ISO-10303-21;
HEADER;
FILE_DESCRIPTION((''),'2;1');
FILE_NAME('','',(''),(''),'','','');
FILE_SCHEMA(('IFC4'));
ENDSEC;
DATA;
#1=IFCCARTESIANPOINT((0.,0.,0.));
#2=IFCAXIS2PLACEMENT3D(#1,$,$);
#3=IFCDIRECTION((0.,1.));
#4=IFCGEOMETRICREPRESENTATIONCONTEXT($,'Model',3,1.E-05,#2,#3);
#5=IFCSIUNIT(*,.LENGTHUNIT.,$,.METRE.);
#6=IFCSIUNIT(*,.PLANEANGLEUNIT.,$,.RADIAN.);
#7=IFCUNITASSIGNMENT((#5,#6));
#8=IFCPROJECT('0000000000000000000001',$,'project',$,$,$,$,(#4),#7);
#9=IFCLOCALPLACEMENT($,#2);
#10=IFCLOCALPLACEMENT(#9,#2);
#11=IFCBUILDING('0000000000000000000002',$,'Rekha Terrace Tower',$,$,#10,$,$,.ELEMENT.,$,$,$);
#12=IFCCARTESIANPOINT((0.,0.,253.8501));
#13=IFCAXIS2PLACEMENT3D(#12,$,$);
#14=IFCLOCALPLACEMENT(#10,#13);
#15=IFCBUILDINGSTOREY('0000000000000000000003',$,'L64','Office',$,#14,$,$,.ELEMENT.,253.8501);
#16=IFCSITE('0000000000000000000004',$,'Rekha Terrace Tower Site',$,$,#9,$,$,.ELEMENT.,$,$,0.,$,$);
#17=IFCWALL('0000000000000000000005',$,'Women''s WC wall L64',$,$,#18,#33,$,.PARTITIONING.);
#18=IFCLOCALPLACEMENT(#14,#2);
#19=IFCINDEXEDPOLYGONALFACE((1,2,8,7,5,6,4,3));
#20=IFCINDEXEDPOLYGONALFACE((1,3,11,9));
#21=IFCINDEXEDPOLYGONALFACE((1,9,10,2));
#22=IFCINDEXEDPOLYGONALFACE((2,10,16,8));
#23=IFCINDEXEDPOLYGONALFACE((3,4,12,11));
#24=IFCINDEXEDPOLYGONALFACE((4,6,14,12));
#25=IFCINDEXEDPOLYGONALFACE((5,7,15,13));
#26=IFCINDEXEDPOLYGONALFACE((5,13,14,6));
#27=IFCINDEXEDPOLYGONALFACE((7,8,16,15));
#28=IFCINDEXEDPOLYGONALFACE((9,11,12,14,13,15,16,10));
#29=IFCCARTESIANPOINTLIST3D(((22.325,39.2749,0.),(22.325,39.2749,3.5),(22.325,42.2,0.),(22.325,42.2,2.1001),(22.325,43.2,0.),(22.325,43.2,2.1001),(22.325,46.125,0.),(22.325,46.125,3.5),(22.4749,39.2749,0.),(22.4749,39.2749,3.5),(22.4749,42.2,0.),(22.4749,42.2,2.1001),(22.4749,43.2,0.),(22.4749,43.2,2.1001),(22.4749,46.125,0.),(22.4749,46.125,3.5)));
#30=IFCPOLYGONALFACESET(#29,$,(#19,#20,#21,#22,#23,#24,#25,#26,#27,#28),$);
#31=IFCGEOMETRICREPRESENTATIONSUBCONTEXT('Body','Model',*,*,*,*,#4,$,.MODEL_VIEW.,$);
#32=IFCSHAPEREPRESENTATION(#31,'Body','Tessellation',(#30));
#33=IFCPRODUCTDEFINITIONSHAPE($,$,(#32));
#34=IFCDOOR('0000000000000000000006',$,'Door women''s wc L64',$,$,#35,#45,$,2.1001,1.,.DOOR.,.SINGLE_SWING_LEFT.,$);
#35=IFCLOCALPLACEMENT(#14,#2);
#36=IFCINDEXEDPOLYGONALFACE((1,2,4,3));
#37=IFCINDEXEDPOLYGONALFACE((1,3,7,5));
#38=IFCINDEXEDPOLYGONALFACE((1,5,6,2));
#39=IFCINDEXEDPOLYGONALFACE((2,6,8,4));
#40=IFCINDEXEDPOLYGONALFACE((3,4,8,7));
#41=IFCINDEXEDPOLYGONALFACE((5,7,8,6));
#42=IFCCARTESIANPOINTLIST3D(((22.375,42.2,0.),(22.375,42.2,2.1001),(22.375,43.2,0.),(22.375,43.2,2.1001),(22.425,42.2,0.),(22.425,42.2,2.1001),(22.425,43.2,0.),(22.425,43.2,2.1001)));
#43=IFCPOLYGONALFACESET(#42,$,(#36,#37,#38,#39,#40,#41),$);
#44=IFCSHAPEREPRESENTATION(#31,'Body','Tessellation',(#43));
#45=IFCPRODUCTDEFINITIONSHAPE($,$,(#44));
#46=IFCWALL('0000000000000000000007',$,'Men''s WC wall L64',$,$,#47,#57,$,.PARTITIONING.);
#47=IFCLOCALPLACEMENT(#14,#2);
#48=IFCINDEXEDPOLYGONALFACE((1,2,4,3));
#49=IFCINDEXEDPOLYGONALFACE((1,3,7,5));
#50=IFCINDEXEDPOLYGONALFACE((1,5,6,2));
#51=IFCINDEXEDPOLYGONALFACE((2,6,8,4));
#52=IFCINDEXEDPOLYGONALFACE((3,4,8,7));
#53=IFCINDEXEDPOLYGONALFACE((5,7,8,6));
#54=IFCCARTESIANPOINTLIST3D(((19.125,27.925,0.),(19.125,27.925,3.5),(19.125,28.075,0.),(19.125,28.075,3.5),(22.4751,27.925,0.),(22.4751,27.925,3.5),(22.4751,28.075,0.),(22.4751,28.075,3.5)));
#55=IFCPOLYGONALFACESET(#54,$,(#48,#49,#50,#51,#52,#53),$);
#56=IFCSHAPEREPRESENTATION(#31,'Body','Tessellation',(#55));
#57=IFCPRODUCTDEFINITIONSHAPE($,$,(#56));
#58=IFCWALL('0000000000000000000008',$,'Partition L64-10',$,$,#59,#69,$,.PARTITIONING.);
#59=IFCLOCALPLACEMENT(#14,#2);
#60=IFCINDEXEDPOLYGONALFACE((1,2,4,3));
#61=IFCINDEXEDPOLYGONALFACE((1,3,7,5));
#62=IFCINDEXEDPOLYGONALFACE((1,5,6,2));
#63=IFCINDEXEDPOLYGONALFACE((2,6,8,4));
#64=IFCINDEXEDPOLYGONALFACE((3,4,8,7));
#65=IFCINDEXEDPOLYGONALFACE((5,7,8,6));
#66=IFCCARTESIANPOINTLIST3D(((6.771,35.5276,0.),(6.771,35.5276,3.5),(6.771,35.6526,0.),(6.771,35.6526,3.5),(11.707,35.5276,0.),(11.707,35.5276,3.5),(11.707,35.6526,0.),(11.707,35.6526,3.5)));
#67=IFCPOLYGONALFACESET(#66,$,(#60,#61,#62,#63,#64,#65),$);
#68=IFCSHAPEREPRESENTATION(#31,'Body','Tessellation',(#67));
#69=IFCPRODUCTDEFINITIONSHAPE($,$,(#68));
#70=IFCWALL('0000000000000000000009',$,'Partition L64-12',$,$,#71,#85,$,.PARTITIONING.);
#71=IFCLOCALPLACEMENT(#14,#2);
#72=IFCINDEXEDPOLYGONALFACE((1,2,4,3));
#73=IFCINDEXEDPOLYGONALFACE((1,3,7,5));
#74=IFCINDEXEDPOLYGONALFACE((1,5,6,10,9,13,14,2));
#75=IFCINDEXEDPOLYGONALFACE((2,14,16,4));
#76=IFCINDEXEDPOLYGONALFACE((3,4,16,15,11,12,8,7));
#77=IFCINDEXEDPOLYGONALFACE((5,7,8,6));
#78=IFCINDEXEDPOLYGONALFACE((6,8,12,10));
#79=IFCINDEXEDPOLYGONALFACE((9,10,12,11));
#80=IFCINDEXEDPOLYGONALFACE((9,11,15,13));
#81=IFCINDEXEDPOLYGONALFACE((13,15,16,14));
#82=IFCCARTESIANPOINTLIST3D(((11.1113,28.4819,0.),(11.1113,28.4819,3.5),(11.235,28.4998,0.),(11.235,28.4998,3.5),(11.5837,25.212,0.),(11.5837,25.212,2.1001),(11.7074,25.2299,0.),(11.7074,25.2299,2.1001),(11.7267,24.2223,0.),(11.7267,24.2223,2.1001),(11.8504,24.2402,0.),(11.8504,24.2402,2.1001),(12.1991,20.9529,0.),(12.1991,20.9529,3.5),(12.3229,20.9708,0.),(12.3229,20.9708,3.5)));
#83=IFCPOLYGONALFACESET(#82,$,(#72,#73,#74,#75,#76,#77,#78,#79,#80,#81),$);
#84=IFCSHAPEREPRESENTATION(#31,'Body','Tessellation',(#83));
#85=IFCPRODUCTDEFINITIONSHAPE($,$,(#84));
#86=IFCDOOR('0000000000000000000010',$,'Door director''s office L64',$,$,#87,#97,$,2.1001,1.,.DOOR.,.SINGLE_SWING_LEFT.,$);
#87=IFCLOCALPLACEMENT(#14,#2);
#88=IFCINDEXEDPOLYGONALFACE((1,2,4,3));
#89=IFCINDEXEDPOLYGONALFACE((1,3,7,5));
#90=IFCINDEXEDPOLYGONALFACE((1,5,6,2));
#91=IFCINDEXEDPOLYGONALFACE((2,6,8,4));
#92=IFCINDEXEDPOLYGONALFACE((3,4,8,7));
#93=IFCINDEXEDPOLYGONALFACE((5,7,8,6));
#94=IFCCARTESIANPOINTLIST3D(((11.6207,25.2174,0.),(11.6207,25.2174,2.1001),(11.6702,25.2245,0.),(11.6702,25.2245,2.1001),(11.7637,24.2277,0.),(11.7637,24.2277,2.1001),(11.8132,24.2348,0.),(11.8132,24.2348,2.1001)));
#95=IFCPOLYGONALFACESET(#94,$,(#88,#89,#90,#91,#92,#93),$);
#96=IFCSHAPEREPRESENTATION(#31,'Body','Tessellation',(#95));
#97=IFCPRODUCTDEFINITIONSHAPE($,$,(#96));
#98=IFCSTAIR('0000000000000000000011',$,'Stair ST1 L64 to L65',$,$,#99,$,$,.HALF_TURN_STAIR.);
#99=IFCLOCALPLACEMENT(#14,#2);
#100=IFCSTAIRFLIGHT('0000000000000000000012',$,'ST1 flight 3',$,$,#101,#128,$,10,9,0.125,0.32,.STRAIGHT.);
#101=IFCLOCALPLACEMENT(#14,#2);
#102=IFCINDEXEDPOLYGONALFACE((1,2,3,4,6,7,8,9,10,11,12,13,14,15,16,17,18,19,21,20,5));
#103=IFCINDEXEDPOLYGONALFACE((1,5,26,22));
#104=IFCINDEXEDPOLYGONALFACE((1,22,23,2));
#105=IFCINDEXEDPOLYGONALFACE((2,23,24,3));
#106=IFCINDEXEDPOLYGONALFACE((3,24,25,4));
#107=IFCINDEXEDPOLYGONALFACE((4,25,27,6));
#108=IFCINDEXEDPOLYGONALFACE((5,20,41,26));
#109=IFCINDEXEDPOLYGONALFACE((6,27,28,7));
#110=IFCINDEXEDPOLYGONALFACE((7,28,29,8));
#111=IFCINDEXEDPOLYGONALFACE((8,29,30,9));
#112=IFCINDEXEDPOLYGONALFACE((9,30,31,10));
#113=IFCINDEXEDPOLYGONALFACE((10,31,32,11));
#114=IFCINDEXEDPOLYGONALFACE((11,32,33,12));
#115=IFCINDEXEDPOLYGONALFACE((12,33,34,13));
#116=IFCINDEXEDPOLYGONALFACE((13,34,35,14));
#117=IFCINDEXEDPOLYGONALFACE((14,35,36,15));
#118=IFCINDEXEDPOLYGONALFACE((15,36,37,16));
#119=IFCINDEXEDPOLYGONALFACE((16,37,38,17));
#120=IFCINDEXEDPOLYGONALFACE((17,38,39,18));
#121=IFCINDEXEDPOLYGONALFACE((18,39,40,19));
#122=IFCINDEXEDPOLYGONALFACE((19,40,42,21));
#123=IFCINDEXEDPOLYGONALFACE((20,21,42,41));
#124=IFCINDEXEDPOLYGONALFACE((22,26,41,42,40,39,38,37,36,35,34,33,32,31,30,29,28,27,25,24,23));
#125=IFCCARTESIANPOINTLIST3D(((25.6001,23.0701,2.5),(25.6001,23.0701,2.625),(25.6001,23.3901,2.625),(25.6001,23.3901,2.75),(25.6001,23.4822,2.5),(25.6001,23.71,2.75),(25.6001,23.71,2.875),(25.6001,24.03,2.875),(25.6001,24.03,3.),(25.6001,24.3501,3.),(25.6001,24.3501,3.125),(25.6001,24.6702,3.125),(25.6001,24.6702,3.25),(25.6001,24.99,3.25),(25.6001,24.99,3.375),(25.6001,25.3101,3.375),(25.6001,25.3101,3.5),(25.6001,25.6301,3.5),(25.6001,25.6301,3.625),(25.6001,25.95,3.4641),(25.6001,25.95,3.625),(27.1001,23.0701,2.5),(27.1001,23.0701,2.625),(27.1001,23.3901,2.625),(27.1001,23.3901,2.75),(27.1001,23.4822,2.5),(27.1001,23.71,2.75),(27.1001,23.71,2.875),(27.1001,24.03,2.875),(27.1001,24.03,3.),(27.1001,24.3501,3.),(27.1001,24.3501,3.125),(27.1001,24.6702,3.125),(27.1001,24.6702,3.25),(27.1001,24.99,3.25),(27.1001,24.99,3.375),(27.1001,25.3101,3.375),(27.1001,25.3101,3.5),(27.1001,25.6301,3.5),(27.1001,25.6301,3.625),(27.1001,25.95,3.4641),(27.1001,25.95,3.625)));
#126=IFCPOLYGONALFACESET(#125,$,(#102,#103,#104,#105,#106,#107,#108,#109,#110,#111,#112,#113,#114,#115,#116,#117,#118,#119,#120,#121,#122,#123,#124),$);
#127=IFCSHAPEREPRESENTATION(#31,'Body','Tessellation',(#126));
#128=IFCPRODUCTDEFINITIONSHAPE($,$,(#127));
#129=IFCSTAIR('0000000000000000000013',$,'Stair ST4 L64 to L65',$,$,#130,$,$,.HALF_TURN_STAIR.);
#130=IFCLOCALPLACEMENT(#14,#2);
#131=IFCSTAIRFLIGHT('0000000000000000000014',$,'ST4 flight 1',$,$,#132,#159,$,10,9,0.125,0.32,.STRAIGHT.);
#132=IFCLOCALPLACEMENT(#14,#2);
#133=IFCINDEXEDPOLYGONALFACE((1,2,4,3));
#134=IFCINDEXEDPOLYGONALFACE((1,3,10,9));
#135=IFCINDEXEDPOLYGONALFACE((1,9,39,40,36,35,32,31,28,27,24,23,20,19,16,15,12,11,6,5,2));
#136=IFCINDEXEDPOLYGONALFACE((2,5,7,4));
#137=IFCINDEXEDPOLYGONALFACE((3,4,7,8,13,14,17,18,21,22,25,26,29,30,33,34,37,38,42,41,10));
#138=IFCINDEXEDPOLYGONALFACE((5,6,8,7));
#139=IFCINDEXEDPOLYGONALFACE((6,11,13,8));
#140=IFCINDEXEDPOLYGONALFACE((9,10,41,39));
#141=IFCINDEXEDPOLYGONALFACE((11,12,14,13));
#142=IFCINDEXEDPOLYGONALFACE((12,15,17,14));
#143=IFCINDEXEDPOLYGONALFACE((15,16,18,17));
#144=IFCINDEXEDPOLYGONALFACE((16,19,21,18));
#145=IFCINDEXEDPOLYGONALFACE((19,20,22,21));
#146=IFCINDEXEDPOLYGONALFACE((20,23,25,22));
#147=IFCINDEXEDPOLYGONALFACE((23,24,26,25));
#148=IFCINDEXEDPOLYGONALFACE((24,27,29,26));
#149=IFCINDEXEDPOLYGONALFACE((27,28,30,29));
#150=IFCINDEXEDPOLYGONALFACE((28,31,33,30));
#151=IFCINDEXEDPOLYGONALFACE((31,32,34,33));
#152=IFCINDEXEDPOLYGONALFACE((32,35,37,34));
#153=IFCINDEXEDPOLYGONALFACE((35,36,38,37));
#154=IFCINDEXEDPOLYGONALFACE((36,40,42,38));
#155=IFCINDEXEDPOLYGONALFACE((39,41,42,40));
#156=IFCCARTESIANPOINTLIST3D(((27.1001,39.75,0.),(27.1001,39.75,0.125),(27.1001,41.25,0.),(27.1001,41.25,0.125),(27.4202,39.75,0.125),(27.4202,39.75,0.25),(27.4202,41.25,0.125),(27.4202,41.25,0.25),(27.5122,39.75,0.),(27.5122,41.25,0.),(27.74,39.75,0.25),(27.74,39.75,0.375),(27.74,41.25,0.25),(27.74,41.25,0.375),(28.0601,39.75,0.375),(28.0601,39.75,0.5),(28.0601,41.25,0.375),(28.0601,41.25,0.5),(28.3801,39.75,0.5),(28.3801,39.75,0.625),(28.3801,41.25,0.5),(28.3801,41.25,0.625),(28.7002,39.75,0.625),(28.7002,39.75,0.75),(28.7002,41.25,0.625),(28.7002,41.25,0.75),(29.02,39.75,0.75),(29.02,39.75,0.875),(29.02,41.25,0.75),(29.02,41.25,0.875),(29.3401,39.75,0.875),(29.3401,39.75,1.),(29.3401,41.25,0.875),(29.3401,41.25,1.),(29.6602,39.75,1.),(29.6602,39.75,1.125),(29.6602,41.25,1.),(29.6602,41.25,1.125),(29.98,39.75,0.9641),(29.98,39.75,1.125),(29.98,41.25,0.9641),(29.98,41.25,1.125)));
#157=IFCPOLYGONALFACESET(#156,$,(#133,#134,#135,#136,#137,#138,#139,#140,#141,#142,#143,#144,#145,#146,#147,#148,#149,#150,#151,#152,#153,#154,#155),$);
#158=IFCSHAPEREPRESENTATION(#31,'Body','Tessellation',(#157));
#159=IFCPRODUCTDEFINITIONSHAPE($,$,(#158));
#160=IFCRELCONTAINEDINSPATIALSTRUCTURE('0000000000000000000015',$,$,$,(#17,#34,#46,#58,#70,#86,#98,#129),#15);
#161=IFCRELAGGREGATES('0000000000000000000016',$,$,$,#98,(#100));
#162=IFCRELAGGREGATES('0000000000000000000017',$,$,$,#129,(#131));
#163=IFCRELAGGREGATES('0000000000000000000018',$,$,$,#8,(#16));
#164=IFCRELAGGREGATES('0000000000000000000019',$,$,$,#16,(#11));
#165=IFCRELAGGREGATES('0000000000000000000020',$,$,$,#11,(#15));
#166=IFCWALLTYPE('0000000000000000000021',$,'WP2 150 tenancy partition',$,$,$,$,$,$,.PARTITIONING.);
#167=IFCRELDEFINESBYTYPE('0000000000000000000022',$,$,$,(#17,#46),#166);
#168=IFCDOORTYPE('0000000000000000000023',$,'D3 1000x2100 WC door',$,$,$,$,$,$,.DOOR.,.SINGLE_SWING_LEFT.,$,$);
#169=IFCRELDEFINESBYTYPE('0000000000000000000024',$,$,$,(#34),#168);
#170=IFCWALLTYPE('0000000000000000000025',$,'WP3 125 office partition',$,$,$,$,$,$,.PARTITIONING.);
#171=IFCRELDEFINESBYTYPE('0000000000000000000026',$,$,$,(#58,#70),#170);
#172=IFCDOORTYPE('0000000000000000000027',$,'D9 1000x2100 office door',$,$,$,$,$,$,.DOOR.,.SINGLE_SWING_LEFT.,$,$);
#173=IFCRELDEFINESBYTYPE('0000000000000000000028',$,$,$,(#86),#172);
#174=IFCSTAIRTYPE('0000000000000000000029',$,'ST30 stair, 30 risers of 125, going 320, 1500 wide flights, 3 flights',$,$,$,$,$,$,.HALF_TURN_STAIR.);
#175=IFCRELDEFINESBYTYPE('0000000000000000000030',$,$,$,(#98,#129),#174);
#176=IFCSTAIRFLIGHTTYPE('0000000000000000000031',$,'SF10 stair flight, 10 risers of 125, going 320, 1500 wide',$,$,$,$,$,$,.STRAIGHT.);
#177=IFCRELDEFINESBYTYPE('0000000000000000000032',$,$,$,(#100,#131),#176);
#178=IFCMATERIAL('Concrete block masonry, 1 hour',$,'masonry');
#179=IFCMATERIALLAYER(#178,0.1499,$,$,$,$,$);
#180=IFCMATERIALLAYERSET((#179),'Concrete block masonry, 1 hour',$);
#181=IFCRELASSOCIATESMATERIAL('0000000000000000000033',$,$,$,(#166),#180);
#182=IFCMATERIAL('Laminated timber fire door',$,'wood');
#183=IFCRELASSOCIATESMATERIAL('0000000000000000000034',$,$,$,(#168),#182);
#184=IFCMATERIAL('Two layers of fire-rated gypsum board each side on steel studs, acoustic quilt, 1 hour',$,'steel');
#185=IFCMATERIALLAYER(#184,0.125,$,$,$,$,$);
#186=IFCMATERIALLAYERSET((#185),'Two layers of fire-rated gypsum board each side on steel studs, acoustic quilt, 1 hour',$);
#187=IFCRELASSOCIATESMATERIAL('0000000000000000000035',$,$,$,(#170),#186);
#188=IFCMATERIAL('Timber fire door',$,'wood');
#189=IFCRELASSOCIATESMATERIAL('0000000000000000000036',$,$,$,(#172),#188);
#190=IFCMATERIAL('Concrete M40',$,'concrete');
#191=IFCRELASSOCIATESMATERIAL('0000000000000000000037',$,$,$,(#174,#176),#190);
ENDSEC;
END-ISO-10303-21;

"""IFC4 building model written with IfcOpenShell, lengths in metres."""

from ifc_helpers import new_model, si_unit, direction, frame, frame_2d, origin, place, context, subcontext, project, spatial, polyline, rectangle, outline, extrude, material, layer, layer_set, type_object, element, fill, aggregate, save


model = new_model("IFC4")

# Units and contexts
model_context = context("Model", 3, precision=1e-05, world=origin(), true_north=direction((0.0, 1.0)))
body_context = subcontext(model_context, "Body", "Model", "MODEL_VIEW")
ifc_project = project(units=[si_unit("LENGTHUNIT", "METRE"), si_unit("PLANEANGLEUNIT", "RADIAN")], contexts=[model_context])

# Site, building, storey
site_placement = place(None, origin())
site = spatial("IfcSite", under=ifc_project, at=site_placement, Name="Rekha Terrace Tower Site", CompositionType="ELEMENT", RefElevation=0.0)
building_placement = place(site_placement, origin())
building = spatial("IfcBuilding", under=site, at=building_placement, Name="Rekha Terrace Tower", CompositionType="ELEMENT")
storey_placement = place(building_placement, frame((0.0, 0.0, 253.8501)))
storey = spatial("IfcBuildingStorey", under=building, at=storey_placement, Name="L64", Description="Office", CompositionType="ELEMENT", Elevation=253.8501)

# Shared definitions
ifc_material_1 = material(Name="Concrete block masonry, 1 hour", Category="masonry")
ifc_layer_1 = layer(ifc_material_1, 0.1499)
ifc_layer_set_1 = layer_set([ifc_layer_1], Name="Concrete block masonry, 1 hour")
wall_type_1 = type_object("IfcWallType", Name="WP2 150 tenancy partition", PredefinedType="PARTITIONING", material=ifc_layer_set_1)

# Wall, opening, door
wall_1_placement = place(storey_placement, frame((22.3999, 39.2749, 0.0), z_axis=(0.0, 0.0, 1.0), x_axis=(0.0, 1.0, 0.0)))
wall_1 = element("IfcWall", 1, at=wall_1_placement, inside=storey, type_object=wall_type_1, Name="Women's WC wall L64", PredefinedType="PARTITIONING", context=body_context, shape_type="SweptSolid", body=[
    extrude(rectangle(XDim=6.8501, YDim=0.1499, at=frame_2d((3.425, 0.0))), origin(), (0.0, 0.0, 1.0), 3.5),
])
opening_1_placement = place(wall_1_placement, frame((2.925, 0.0, 0.0)))
opening_1 = element("IfcOpeningElement", 2, at=opening_1_placement, cuts=wall_1, PredefinedType="OPENING", context=body_context, shape_type="SweptSolid", body=[
    extrude(rectangle(XDim=1.0, YDim=2.1001, at=frame_2d((0.5, 1.05))), frame((0.0, 0.085, 0.0), z_axis=(0.0, -1.0, 0.0), x_axis=(1.0, 0.0, 0.0)), (0.0, 0.0, 1.0), 0.1699),
])
ifc_material_2 = material(Name="Laminated timber fire door", Category="wood")
door_type_1 = type_object("IfcDoorType", Name="D3 1000x2100 WC door", OperationType="SINGLE_SWING_LEFT", PredefinedType="DOOR", material=ifc_material_2)
door_1_placement = place(opening_1_placement, origin())
door_1 = element("IfcDoor", 3, at=door_1_placement, inside=storey, type_object=door_type_1, Name="Door women's wc L64", OperationType="SINGLE_SWING_LEFT", OverallHeight=2.1001, OverallWidth=1.0, PredefinedType="DOOR", context=body_context, shape_type="SweptSolid", body=[
    extrude(rectangle(XDim=1.0, YDim=2.1001, at=frame_2d((0.5, 1.05))), frame((0.0, 0.0249, 0.0), z_axis=(0.0, -1.0, 0.0), x_axis=(1.0, 0.0, 0.0)), (0.0, 0.0, 1.0), 0.05),
])
fill(opening_1, door_1)

# Walls
wall_2_placement = place(storey_placement, frame((19.125, 28.0, 0.0), z_axis=(0.0, 0.0, 1.0), x_axis=(1.0, 0.0, 0.0)))
element("IfcWall", 4, at=wall_2_placement, inside=storey, type_object=wall_type_1, Name="Men's WC wall L64", PredefinedType="PARTITIONING", context=body_context, shape_type="SweptSolid", body=[
    extrude(rectangle(XDim=3.3501, YDim=0.1499, at=frame_2d((1.675, 0.0))), origin(), (0.0, 0.0, 1.0), 3.5),
])
ifc_material_3 = material(Name="Two layers of fire-rated gypsum board each side on steel studs, acoustic quilt, 1 hour", Category="steel")
ifc_layer_2 = layer(ifc_material_3, 0.125)
ifc_layer_set_2 = layer_set([ifc_layer_2], Name="Two layers of fire-rated gypsum board each side on steel studs, acoustic quilt, 1 hour")
wall_type_2 = type_object("IfcWallType", Name="WP3 125 office partition", PredefinedType="PARTITIONING", material=ifc_layer_set_2)
wall_3_placement = place(storey_placement, frame((11.707, 35.5901, 0.0), z_axis=(0.0, 0.0, 1.0), x_axis=(-1.0, 0.0, 0.0)))
element("IfcWall", 5, at=wall_3_placement, inside=storey, type_object=wall_type_2, Name="Partition L64-10", PredefinedType="PARTITIONING", context=body_context, shape_type="SweptSolid", body=[
    extrude(rectangle(XDim=4.936, YDim=0.125, at=frame_2d((2.468, 0.0))), origin(), (0.0, 0.0, 1.0), 3.5),
])

# Wall, opening, door
wall_4_placement = place(storey_placement, frame((11.1731, 28.491, 0.0), z_axis=(0.0, 0.0, 1.0), x_axis=(0.143007, -0.989722, 0.0)))
wall_4 = element("IfcWall", 6, at=wall_4_placement, inside=storey, type_object=wall_type_2, Name="Partition L64-12", PredefinedType="PARTITIONING", context=body_context, shape_type="SweptSolid", body=[
    extrude(rectangle(XDim=7.6072, YDim=0.125, at=frame_2d((3.8037, 0.0))), origin(), (0.0, 0.0, 1.0), 3.5),
])
opening_2_placement = place(wall_4_placement, frame((3.304, 0.0, 0.0)))
opening_2 = element("IfcOpeningElement", 7, at=opening_2_placement, cuts=wall_4, PredefinedType="OPENING", context=body_context, shape_type="SweptSolid", body=[
    extrude(rectangle(XDim=1.0, YDim=2.1001, at=frame_2d((0.5, 1.05))), frame((0.0, 0.0725, 0.0), z_axis=(0.0, -1.0, 0.0), x_axis=(1.0, 0.0, 0.0)), (0.0, 0.0, 1.0), 0.145),
])
ifc_material_4 = material(Name="Timber fire door", Category="wood")
door_type_2 = type_object("IfcDoorType", Name="D9 1000x2100 office door", OperationType="SINGLE_SWING_LEFT", PredefinedType="DOOR", material=ifc_material_4)
door_2_placement = place(opening_2_placement, origin())
door_2 = element("IfcDoor", 8, at=door_2_placement, inside=storey, type_object=door_type_2, Name="Door director's office L64", OperationType="SINGLE_SWING_LEFT", OverallHeight=2.1001, OverallWidth=1.0, PredefinedType="DOOR", context=body_context, shape_type="SweptSolid", body=[
    extrude(rectangle(XDim=1.0, YDim=2.1001, at=frame_2d((0.5, 1.05))), frame((0.0, 0.0249, 0.0), z_axis=(0.0, -1.0, 0.0), x_axis=(1.0, 0.0, 0.0)), (0.0, 0.0, 1.0), 0.05),
])
fill(opening_2, door_2)

# Stairs, stair flights
ifc_material_5 = material(Name="Concrete M40", Category="concrete")
stair_type = type_object("IfcStairType", Name="ST30 stair, 30 risers of 125, going 320, 1500 wide flights, 3 flights", PredefinedType="HALF_TURN_STAIR", material=ifc_material_5)
stair_1_placement = place(storey_placement, origin())
stair_1 = element("IfcStair", 9, at=stair_1_placement, inside=storey, type_object=stair_type, Name="Stair ST1 L64 to L65", PredefinedType="HALF_TURN_STAIR")
stair_flight_type = type_object("IfcStairFlightType", Name="SF10 stair flight, 10 risers of 125, going 320, 1500 wide", PredefinedType="STRAIGHT", material=ifc_material_5)
stair_flight_1_placement = place(storey_placement, frame((26.3501, 23.0701, 2.5), z_axis=(0.0, 0.0, 1.0), x_axis=(0.0, 1.0, 0.0)))
stair_flight_1 = element("IfcStairFlight", 10, at=stair_flight_1_placement, type_object=stair_flight_type, Name="ST1 flight 3", NumberOfRisers=10, NumberOfTreads=9, PredefinedType="STRAIGHT", RiserHeight=0.125, TreadLength=0.32, context=body_context, shape_type="SweptSolid", body=[
    extrude(outline(polyline([(0.0, 0.0), (0.0, 0.125), (0.3201, 0.125), (0.3201, 0.25), (0.6399, 0.25), (0.6399, 0.375), (0.96, 0.375), (0.96, 0.5), (1.28, 0.5), (1.28, 0.625), (1.6001, 0.625), (1.6001, 0.75), (1.9199, 0.75), (1.9199, 0.875), (2.24, 0.875), (2.24, 1.0), (2.5601, 1.0), (2.5601, 1.125), (2.8799, 1.125), (2.8799, 1.25), (2.8799, 0.9641), (0.4121, 0.0), (0.0, 0.0)])), frame((0.0, 0.75, 0.0), z_axis=(0.0, -1.0, 0.0), x_axis=(1.0, 0.0, 0.0)), (0.0, 0.0, 1.0), 1.5),
])
aggregate(stair_1, [stair_flight_1])
stair_2_placement = place(storey_placement, origin())
stair_2 = element("IfcStair", 11, at=stair_2_placement, inside=storey, type_object=stair_type, Name="Stair ST4 L64 to L65", PredefinedType="HALF_TURN_STAIR")
stair_flight_2_placement = place(storey_placement, frame((27.1001, 40.5, 0.0), z_axis=(0.0, 0.0, 1.0), x_axis=(1.0, 0.0, 0.0)))
stair_flight_2 = element("IfcStairFlight", 12, at=stair_flight_2_placement, type_object=stair_flight_type, Name="ST4 flight 1", NumberOfRisers=10, NumberOfTreads=9, PredefinedType="STRAIGHT", RiserHeight=0.125, TreadLength=0.32, context=body_context, shape_type="SweptSolid", body=[
    extrude(outline(polyline([(0.0, 0.0), (0.0, 0.125), (0.3201, 0.125), (0.3201, 0.25), (0.6399, 0.25), (0.6399, 0.375), (0.96, 0.375), (0.96, 0.5), (1.28, 0.5), (1.28, 0.625), (1.6001, 0.625), (1.6001, 0.75), (1.9199, 0.75), (1.9199, 0.875), (2.24, 0.875), (2.24, 1.0), (2.5601, 1.0), (2.5601, 1.125), (2.8799, 1.125), (2.8799, 1.25), (2.8799, 0.9641), (0.4121, 0.0), (0.0, 0.0)])), frame((0.0, 0.75, 0.0), z_axis=(0.0, -1.0, 0.0), x_axis=(1.0, 0.0, 0.0)), (0.0, 0.0, 1.0), 1.5),
])
aggregate(stair_2, [stair_flight_2])

save(model, "model.ifc")
